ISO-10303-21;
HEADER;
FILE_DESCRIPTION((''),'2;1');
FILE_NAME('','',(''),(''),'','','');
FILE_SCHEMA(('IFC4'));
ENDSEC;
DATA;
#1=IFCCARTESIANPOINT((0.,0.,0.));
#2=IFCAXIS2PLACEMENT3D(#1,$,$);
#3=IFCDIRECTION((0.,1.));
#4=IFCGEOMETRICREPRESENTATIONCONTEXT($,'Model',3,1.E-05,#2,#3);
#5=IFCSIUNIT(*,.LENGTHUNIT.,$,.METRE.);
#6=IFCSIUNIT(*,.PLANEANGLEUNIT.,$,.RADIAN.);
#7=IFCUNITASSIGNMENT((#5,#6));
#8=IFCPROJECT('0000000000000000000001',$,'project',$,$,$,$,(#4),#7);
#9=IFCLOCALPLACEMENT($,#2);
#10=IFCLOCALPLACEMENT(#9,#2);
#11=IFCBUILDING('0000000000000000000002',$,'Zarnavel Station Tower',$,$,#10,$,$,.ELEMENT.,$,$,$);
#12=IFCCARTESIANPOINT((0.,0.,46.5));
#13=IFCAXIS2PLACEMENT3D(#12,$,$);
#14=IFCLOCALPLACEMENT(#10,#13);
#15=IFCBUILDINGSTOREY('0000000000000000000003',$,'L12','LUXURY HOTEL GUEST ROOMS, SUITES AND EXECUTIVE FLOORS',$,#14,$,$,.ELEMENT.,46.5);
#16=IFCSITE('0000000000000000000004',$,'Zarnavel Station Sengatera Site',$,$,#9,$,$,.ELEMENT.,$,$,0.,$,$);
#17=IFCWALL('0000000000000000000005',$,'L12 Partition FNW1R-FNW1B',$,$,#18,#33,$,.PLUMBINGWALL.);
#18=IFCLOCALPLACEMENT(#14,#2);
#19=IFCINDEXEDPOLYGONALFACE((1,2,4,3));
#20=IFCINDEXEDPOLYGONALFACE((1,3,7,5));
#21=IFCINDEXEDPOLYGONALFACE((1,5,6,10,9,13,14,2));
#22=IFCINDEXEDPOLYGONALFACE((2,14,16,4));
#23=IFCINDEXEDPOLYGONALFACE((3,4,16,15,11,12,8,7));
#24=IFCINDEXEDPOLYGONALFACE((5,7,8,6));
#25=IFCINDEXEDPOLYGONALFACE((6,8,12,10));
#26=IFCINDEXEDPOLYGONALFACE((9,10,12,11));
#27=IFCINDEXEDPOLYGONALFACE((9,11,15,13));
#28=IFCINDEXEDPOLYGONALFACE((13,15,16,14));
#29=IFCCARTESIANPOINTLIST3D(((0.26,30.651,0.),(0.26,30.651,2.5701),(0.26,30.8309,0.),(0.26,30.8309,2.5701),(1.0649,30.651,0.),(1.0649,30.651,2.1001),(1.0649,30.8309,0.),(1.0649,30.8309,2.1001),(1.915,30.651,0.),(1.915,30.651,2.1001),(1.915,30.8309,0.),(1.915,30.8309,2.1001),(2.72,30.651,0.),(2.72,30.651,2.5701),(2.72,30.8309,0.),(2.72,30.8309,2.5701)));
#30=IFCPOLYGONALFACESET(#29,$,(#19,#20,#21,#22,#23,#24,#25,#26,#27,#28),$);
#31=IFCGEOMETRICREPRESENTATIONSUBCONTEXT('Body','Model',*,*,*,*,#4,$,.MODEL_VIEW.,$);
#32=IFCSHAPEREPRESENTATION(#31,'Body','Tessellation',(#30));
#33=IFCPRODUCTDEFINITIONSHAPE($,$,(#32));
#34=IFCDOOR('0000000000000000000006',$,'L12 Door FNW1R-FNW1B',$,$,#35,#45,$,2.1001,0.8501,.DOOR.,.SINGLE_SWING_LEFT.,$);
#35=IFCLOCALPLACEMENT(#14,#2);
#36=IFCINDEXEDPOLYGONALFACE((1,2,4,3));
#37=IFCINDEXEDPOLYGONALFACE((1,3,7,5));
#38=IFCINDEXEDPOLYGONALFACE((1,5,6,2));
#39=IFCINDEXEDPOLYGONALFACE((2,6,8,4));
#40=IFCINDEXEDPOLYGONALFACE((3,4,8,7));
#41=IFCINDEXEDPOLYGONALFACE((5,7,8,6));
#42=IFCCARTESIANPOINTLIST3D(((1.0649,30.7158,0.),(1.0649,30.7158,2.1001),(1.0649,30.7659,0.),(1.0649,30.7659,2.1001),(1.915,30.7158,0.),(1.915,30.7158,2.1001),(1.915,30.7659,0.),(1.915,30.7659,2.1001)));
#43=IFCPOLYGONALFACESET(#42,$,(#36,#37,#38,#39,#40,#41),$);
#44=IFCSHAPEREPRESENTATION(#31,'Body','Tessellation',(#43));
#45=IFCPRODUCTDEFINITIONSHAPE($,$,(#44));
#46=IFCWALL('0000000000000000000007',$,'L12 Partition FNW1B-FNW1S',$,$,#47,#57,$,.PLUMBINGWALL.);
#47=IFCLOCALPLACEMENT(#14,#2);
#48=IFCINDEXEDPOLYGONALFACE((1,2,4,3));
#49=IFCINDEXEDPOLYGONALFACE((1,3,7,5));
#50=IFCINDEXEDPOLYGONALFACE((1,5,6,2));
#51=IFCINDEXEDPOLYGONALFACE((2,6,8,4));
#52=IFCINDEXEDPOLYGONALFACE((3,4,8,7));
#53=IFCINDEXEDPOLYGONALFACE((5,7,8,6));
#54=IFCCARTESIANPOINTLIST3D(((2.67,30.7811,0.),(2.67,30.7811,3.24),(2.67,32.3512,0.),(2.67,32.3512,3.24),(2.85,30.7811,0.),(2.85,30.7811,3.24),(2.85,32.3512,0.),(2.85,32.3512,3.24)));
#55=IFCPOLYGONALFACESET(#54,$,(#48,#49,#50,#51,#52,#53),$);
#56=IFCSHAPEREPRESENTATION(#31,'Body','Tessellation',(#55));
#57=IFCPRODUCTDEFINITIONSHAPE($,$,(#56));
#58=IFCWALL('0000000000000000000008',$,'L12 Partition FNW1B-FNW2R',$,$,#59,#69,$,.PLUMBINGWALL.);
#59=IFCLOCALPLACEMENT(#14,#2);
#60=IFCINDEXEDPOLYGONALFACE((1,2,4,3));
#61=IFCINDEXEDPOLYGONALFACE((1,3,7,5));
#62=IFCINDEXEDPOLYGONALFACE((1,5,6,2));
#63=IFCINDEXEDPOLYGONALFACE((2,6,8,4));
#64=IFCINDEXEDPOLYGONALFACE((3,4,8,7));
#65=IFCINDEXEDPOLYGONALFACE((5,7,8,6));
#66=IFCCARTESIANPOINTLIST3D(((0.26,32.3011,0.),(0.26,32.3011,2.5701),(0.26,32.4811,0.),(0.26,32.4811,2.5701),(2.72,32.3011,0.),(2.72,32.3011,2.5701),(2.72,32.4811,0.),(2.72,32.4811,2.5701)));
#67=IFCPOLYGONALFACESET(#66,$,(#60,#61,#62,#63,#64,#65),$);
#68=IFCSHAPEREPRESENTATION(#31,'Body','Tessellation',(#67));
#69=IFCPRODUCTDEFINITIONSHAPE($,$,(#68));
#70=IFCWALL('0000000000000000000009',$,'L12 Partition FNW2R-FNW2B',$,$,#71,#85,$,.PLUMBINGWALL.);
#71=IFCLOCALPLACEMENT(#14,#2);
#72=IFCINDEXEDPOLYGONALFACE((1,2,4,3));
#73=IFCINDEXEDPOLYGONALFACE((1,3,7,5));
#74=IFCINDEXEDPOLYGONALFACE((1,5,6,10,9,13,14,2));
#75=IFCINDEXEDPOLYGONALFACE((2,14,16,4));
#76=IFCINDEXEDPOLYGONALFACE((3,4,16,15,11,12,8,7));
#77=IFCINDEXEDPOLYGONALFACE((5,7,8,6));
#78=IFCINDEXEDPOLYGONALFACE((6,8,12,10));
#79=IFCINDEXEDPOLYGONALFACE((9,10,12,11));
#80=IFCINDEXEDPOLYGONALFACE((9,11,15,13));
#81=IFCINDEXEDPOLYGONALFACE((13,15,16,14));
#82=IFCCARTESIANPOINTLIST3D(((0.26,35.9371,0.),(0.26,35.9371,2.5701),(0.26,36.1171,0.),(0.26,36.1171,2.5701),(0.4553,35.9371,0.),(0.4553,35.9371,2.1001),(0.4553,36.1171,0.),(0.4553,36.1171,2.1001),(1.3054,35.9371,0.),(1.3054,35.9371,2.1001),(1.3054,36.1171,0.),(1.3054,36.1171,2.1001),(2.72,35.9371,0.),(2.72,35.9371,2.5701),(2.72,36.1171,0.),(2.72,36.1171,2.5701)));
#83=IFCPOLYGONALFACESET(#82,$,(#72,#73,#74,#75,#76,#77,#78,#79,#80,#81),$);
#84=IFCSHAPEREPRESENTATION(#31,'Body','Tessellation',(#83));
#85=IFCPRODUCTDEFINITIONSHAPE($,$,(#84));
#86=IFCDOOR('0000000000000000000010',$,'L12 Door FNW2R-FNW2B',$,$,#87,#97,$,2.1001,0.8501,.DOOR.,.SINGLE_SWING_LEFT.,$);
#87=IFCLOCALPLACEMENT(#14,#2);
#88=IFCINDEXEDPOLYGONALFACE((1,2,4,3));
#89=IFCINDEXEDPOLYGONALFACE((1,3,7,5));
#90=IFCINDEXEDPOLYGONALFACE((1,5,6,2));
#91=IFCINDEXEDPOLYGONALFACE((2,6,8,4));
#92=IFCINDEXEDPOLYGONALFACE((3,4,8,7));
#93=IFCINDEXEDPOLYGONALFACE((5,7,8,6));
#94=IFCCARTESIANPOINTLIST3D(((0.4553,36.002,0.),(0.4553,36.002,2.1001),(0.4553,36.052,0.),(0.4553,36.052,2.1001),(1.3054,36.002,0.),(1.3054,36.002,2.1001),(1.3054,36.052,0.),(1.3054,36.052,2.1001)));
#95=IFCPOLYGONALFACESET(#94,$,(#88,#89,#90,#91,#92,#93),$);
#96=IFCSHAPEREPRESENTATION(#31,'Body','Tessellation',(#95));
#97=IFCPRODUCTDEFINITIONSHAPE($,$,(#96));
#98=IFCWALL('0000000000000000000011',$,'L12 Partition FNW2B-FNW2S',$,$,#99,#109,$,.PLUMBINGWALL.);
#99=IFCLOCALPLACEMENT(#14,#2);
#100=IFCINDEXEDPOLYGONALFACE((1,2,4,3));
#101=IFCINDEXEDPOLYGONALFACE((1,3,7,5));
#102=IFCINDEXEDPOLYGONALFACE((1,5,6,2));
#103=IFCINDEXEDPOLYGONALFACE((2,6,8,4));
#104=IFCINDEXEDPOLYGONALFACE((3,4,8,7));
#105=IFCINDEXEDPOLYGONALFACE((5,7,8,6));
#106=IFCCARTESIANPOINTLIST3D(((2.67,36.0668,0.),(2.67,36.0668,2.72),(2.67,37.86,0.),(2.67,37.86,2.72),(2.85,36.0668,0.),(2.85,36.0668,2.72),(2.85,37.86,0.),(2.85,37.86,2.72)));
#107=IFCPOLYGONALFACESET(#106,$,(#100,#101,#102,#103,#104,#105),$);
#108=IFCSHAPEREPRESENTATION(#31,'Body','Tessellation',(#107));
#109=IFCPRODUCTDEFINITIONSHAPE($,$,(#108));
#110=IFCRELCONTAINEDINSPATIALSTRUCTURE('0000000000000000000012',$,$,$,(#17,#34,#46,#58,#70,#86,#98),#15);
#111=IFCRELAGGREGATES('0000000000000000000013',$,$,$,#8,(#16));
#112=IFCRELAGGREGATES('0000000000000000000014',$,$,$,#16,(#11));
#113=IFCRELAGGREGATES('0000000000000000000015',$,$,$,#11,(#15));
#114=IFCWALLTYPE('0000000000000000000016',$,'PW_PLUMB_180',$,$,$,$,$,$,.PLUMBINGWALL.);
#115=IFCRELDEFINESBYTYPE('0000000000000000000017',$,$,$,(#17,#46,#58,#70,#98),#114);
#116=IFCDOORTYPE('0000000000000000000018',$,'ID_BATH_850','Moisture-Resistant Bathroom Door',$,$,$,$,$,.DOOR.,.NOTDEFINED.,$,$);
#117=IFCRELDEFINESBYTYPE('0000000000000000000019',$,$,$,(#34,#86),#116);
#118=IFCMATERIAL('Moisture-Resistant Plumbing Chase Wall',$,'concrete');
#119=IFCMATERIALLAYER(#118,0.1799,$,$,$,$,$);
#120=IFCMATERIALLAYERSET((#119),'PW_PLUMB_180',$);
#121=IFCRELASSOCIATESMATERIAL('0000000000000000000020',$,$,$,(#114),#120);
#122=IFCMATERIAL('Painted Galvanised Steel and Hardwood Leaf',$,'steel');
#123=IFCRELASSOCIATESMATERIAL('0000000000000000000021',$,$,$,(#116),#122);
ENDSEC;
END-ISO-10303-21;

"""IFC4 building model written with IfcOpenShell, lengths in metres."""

from ifc_helpers import new_model, si_unit, direction, frame, frame_2d, origin, place, context, subcontext, project, spatial, rectangle, extrude, material, layer, layer_set, type_object, element, fill, save


model = new_model("IFC4")

# Units and contexts
model_context = context("Model", 3, precision=1e-05, world=origin(), true_north=direction((0.0, 1.0)))
body_context = subcontext(model_context, "Body", "Model", "MODEL_VIEW")
ifc_project = project(units=[si_unit("LENGTHUNIT", "METRE"), si_unit("PLANEANGLEUNIT", "RADIAN")], contexts=[model_context])

# Site, building, storey
site_placement = place(None, origin())
site = spatial("IfcSite", under=ifc_project, at=site_placement, Name="Zarnavel Station Sengatera Site", CompositionType="ELEMENT", RefElevation=0.0)
building_placement = place(site_placement, origin())
building = spatial("IfcBuilding", under=site, at=building_placement, Name="Zarnavel Station Tower", CompositionType="ELEMENT")
storey_placement = place(building_placement, frame((0.0, 0.0, 46.5)))
storey = spatial("IfcBuildingStorey", under=building, at=storey_placement, Name="L12", Description="LUXURY HOTEL GUEST ROOMS, SUITES AND EXECUTIVE FLOORS", CompositionType="ELEMENT", Elevation=46.5)

# Wall, opening, door
ifc_material_1 = material(Name="Moisture-Resistant Plumbing Chase Wall", Category="concrete")
ifc_layer_1 = layer(ifc_material_1, 0.1799)
ifc_layer_set_1 = layer_set([ifc_layer_1], Name="PW_PLUMB_180")
wall_type_1 = type_object("IfcWallType", Name="PW_PLUMB_180", PredefinedType="PLUMBINGWALL", material=ifc_layer_set_1)
wall_1_placement = place(storey_placement, frame((0.26, 30.741, 0.0), z_axis=(0.0, 0.0, 1.0), x_axis=(1.0, 0.0, 0.0)))
wall_1 = element("IfcWall", 1, at=wall_1_placement, inside=storey, type_object=wall_type_1, Name="L12 Partition FNW1R-FNW1B", PredefinedType="PLUMBINGWALL", context=body_context, shape_type="SweptSolid", body=[
    extrude(rectangle(XDim=2.46, YDim=0.1799, at=frame_2d((1.23, 0.0))), origin(), (0.0, 0.0, 1.0), 2.5701),
])
opening_1_placement = place(wall_1_placement, frame((0.8049, 0.0, 0.0)))
opening_1 = element("IfcOpeningElement", 2, at=opening_1_placement, cuts=wall_1, PredefinedType="OPENING", context=body_context, shape_type="SweptSolid", body=[
    extrude(rectangle(XDim=0.8501, YDim=2.1001, at=frame_2d((0.425, 1.05))), frame((0.0, 0.0999, 0.0), z_axis=(0.0, -1.0, 0.0), x_axis=(1.0, 0.0, 0.0)), (0.0, 0.0, 1.0), 0.2),
])
ifc_material_2 = material(Name="Painted Galvanised Steel and Hardwood Leaf", Category="steel")
door_type_1 = type_object("IfcDoorType", Name="ID_BATH_850", Description="Moisture-Resistant Bathroom Door", OperationType="NOTDEFINED", PredefinedType="DOOR", material=ifc_material_2)
door_1_placement = place(opening_1_placement, origin())
door_1 = element("IfcDoor", 3, at=door_1_placement, inside=storey, type_object=door_type_1, Name="L12 Door FNW1R-FNW1B", OperationType="SINGLE_SWING_LEFT", OverallHeight=2.1001, OverallWidth=0.8501, PredefinedType="DOOR", context=body_context, shape_type="SweptSolid", body=[
    extrude(rectangle(XDim=0.8501, YDim=2.1001, at=frame_2d((0.425, 1.05))), frame((0.0, 0.0249, 0.0), z_axis=(0.0, -1.0, 0.0), x_axis=(1.0, 0.0, 0.0)), (0.0, 0.0, 1.0), 0.05),
])
fill(opening_1, door_1)

# Walls
wall_2_placement = place(storey_placement, frame((2.76, 30.781, 0.0), z_axis=(0.0, 0.0, 1.0), x_axis=(0.0, 1.0, 0.0)))
element("IfcWall", 4, at=wall_2_placement, inside=storey, type_object=wall_type_1, Name="L12 Partition FNW1B-FNW1S", PredefinedType="PLUMBINGWALL", context=body_context, shape_type="SweptSolid", body=[
    extrude(rectangle(XDim=1.5701, YDim=0.1799, at=frame_2d((0.7852, 0.0))), origin(), (0.0, 0.0, 1.0), 3.24),
])
wall_3_placement = place(storey_placement, frame((0.26, 32.3911, 0.0), z_axis=(0.0, 0.0, 1.0), x_axis=(1.0, 0.0, 0.0)))
element("IfcWall", 5, at=wall_3_placement, inside=storey, type_object=wall_type_1, Name="L12 Partition FNW1B-FNW2R", PredefinedType="PLUMBINGWALL", context=body_context, shape_type="SweptSolid", body=[
    extrude(rectangle(XDim=2.46, YDim=0.1799, at=frame_2d((1.23, 0.0))), origin(), (0.0, 0.0, 1.0), 2.5701),
])

# Wall, opening, door
wall_4_placement = place(storey_placement, frame((0.26, 36.0271, 0.0), z_axis=(0.0, 0.0, 1.0), x_axis=(1.0, 0.0, 0.0)))
wall_4 = element("IfcWall", 6, at=wall_4_placement, inside=storey, type_object=wall_type_1, Name="L12 Partition FNW2R-FNW2B", PredefinedType="PLUMBINGWALL", context=body_context, shape_type="SweptSolid", body=[
    extrude(rectangle(XDim=2.46, YDim=0.1799, at=frame_2d((1.23, 0.0))), origin(), (0.0, 0.0, 1.0), 2.5701),
])
opening_2_placement = place(wall_4_placement, frame((0.1953, 0.0, 0.0)))
opening_2 = element("IfcOpeningElement", 7, at=opening_2_placement, cuts=wall_4, PredefinedType="OPENING", context=body_context, shape_type="SweptSolid", body=[
    extrude(rectangle(XDim=0.8501, YDim=2.1001, at=frame_2d((0.425, 1.05))), frame((0.0, 0.0999, 0.0), z_axis=(0.0, -1.0, 0.0), x_axis=(1.0, 0.0, 0.0)), (0.0, 0.0, 1.0), 0.2),
])
door_2_placement = place(opening_2_placement, origin())
door_2 = element("IfcDoor", 8, at=door_2_placement, inside=storey, type_object=door_type_1, Name="L12 Door FNW2R-FNW2B", OperationType="SINGLE_SWING_LEFT", OverallHeight=2.1001, OverallWidth=0.8501, PredefinedType="DOOR", context=body_context, shape_type="SweptSolid", body=[
    extrude(rectangle(XDim=0.8501, YDim=2.1001, at=frame_2d((0.425, 1.05))), frame((0.0, 0.0249, 0.0), z_axis=(0.0, -1.0, 0.0), x_axis=(1.0, 0.0, 0.0)), (0.0, 0.0, 1.0), 0.05),
])
fill(opening_2, door_2)

# Wall
wall_5_placement = place(storey_placement, frame((2.76, 36.0669, 0.0), z_axis=(0.0, 0.0, 1.0), x_axis=(0.0, 1.0, 0.0)))
element("IfcWall", 9, at=wall_5_placement, inside=storey, type_object=wall_type_1, Name="L12 Partition FNW2B-FNW2S", PredefinedType="PLUMBINGWALL", context=body_context, shape_type="SweptSolid", body=[
    extrude(rectangle(XDim=1.7932, YDim=0.1799, at=frame_2d((0.8965, 0.0))), origin(), (0.0, 0.0, 1.0), 2.72),
])

save(model, "model.ifc")
